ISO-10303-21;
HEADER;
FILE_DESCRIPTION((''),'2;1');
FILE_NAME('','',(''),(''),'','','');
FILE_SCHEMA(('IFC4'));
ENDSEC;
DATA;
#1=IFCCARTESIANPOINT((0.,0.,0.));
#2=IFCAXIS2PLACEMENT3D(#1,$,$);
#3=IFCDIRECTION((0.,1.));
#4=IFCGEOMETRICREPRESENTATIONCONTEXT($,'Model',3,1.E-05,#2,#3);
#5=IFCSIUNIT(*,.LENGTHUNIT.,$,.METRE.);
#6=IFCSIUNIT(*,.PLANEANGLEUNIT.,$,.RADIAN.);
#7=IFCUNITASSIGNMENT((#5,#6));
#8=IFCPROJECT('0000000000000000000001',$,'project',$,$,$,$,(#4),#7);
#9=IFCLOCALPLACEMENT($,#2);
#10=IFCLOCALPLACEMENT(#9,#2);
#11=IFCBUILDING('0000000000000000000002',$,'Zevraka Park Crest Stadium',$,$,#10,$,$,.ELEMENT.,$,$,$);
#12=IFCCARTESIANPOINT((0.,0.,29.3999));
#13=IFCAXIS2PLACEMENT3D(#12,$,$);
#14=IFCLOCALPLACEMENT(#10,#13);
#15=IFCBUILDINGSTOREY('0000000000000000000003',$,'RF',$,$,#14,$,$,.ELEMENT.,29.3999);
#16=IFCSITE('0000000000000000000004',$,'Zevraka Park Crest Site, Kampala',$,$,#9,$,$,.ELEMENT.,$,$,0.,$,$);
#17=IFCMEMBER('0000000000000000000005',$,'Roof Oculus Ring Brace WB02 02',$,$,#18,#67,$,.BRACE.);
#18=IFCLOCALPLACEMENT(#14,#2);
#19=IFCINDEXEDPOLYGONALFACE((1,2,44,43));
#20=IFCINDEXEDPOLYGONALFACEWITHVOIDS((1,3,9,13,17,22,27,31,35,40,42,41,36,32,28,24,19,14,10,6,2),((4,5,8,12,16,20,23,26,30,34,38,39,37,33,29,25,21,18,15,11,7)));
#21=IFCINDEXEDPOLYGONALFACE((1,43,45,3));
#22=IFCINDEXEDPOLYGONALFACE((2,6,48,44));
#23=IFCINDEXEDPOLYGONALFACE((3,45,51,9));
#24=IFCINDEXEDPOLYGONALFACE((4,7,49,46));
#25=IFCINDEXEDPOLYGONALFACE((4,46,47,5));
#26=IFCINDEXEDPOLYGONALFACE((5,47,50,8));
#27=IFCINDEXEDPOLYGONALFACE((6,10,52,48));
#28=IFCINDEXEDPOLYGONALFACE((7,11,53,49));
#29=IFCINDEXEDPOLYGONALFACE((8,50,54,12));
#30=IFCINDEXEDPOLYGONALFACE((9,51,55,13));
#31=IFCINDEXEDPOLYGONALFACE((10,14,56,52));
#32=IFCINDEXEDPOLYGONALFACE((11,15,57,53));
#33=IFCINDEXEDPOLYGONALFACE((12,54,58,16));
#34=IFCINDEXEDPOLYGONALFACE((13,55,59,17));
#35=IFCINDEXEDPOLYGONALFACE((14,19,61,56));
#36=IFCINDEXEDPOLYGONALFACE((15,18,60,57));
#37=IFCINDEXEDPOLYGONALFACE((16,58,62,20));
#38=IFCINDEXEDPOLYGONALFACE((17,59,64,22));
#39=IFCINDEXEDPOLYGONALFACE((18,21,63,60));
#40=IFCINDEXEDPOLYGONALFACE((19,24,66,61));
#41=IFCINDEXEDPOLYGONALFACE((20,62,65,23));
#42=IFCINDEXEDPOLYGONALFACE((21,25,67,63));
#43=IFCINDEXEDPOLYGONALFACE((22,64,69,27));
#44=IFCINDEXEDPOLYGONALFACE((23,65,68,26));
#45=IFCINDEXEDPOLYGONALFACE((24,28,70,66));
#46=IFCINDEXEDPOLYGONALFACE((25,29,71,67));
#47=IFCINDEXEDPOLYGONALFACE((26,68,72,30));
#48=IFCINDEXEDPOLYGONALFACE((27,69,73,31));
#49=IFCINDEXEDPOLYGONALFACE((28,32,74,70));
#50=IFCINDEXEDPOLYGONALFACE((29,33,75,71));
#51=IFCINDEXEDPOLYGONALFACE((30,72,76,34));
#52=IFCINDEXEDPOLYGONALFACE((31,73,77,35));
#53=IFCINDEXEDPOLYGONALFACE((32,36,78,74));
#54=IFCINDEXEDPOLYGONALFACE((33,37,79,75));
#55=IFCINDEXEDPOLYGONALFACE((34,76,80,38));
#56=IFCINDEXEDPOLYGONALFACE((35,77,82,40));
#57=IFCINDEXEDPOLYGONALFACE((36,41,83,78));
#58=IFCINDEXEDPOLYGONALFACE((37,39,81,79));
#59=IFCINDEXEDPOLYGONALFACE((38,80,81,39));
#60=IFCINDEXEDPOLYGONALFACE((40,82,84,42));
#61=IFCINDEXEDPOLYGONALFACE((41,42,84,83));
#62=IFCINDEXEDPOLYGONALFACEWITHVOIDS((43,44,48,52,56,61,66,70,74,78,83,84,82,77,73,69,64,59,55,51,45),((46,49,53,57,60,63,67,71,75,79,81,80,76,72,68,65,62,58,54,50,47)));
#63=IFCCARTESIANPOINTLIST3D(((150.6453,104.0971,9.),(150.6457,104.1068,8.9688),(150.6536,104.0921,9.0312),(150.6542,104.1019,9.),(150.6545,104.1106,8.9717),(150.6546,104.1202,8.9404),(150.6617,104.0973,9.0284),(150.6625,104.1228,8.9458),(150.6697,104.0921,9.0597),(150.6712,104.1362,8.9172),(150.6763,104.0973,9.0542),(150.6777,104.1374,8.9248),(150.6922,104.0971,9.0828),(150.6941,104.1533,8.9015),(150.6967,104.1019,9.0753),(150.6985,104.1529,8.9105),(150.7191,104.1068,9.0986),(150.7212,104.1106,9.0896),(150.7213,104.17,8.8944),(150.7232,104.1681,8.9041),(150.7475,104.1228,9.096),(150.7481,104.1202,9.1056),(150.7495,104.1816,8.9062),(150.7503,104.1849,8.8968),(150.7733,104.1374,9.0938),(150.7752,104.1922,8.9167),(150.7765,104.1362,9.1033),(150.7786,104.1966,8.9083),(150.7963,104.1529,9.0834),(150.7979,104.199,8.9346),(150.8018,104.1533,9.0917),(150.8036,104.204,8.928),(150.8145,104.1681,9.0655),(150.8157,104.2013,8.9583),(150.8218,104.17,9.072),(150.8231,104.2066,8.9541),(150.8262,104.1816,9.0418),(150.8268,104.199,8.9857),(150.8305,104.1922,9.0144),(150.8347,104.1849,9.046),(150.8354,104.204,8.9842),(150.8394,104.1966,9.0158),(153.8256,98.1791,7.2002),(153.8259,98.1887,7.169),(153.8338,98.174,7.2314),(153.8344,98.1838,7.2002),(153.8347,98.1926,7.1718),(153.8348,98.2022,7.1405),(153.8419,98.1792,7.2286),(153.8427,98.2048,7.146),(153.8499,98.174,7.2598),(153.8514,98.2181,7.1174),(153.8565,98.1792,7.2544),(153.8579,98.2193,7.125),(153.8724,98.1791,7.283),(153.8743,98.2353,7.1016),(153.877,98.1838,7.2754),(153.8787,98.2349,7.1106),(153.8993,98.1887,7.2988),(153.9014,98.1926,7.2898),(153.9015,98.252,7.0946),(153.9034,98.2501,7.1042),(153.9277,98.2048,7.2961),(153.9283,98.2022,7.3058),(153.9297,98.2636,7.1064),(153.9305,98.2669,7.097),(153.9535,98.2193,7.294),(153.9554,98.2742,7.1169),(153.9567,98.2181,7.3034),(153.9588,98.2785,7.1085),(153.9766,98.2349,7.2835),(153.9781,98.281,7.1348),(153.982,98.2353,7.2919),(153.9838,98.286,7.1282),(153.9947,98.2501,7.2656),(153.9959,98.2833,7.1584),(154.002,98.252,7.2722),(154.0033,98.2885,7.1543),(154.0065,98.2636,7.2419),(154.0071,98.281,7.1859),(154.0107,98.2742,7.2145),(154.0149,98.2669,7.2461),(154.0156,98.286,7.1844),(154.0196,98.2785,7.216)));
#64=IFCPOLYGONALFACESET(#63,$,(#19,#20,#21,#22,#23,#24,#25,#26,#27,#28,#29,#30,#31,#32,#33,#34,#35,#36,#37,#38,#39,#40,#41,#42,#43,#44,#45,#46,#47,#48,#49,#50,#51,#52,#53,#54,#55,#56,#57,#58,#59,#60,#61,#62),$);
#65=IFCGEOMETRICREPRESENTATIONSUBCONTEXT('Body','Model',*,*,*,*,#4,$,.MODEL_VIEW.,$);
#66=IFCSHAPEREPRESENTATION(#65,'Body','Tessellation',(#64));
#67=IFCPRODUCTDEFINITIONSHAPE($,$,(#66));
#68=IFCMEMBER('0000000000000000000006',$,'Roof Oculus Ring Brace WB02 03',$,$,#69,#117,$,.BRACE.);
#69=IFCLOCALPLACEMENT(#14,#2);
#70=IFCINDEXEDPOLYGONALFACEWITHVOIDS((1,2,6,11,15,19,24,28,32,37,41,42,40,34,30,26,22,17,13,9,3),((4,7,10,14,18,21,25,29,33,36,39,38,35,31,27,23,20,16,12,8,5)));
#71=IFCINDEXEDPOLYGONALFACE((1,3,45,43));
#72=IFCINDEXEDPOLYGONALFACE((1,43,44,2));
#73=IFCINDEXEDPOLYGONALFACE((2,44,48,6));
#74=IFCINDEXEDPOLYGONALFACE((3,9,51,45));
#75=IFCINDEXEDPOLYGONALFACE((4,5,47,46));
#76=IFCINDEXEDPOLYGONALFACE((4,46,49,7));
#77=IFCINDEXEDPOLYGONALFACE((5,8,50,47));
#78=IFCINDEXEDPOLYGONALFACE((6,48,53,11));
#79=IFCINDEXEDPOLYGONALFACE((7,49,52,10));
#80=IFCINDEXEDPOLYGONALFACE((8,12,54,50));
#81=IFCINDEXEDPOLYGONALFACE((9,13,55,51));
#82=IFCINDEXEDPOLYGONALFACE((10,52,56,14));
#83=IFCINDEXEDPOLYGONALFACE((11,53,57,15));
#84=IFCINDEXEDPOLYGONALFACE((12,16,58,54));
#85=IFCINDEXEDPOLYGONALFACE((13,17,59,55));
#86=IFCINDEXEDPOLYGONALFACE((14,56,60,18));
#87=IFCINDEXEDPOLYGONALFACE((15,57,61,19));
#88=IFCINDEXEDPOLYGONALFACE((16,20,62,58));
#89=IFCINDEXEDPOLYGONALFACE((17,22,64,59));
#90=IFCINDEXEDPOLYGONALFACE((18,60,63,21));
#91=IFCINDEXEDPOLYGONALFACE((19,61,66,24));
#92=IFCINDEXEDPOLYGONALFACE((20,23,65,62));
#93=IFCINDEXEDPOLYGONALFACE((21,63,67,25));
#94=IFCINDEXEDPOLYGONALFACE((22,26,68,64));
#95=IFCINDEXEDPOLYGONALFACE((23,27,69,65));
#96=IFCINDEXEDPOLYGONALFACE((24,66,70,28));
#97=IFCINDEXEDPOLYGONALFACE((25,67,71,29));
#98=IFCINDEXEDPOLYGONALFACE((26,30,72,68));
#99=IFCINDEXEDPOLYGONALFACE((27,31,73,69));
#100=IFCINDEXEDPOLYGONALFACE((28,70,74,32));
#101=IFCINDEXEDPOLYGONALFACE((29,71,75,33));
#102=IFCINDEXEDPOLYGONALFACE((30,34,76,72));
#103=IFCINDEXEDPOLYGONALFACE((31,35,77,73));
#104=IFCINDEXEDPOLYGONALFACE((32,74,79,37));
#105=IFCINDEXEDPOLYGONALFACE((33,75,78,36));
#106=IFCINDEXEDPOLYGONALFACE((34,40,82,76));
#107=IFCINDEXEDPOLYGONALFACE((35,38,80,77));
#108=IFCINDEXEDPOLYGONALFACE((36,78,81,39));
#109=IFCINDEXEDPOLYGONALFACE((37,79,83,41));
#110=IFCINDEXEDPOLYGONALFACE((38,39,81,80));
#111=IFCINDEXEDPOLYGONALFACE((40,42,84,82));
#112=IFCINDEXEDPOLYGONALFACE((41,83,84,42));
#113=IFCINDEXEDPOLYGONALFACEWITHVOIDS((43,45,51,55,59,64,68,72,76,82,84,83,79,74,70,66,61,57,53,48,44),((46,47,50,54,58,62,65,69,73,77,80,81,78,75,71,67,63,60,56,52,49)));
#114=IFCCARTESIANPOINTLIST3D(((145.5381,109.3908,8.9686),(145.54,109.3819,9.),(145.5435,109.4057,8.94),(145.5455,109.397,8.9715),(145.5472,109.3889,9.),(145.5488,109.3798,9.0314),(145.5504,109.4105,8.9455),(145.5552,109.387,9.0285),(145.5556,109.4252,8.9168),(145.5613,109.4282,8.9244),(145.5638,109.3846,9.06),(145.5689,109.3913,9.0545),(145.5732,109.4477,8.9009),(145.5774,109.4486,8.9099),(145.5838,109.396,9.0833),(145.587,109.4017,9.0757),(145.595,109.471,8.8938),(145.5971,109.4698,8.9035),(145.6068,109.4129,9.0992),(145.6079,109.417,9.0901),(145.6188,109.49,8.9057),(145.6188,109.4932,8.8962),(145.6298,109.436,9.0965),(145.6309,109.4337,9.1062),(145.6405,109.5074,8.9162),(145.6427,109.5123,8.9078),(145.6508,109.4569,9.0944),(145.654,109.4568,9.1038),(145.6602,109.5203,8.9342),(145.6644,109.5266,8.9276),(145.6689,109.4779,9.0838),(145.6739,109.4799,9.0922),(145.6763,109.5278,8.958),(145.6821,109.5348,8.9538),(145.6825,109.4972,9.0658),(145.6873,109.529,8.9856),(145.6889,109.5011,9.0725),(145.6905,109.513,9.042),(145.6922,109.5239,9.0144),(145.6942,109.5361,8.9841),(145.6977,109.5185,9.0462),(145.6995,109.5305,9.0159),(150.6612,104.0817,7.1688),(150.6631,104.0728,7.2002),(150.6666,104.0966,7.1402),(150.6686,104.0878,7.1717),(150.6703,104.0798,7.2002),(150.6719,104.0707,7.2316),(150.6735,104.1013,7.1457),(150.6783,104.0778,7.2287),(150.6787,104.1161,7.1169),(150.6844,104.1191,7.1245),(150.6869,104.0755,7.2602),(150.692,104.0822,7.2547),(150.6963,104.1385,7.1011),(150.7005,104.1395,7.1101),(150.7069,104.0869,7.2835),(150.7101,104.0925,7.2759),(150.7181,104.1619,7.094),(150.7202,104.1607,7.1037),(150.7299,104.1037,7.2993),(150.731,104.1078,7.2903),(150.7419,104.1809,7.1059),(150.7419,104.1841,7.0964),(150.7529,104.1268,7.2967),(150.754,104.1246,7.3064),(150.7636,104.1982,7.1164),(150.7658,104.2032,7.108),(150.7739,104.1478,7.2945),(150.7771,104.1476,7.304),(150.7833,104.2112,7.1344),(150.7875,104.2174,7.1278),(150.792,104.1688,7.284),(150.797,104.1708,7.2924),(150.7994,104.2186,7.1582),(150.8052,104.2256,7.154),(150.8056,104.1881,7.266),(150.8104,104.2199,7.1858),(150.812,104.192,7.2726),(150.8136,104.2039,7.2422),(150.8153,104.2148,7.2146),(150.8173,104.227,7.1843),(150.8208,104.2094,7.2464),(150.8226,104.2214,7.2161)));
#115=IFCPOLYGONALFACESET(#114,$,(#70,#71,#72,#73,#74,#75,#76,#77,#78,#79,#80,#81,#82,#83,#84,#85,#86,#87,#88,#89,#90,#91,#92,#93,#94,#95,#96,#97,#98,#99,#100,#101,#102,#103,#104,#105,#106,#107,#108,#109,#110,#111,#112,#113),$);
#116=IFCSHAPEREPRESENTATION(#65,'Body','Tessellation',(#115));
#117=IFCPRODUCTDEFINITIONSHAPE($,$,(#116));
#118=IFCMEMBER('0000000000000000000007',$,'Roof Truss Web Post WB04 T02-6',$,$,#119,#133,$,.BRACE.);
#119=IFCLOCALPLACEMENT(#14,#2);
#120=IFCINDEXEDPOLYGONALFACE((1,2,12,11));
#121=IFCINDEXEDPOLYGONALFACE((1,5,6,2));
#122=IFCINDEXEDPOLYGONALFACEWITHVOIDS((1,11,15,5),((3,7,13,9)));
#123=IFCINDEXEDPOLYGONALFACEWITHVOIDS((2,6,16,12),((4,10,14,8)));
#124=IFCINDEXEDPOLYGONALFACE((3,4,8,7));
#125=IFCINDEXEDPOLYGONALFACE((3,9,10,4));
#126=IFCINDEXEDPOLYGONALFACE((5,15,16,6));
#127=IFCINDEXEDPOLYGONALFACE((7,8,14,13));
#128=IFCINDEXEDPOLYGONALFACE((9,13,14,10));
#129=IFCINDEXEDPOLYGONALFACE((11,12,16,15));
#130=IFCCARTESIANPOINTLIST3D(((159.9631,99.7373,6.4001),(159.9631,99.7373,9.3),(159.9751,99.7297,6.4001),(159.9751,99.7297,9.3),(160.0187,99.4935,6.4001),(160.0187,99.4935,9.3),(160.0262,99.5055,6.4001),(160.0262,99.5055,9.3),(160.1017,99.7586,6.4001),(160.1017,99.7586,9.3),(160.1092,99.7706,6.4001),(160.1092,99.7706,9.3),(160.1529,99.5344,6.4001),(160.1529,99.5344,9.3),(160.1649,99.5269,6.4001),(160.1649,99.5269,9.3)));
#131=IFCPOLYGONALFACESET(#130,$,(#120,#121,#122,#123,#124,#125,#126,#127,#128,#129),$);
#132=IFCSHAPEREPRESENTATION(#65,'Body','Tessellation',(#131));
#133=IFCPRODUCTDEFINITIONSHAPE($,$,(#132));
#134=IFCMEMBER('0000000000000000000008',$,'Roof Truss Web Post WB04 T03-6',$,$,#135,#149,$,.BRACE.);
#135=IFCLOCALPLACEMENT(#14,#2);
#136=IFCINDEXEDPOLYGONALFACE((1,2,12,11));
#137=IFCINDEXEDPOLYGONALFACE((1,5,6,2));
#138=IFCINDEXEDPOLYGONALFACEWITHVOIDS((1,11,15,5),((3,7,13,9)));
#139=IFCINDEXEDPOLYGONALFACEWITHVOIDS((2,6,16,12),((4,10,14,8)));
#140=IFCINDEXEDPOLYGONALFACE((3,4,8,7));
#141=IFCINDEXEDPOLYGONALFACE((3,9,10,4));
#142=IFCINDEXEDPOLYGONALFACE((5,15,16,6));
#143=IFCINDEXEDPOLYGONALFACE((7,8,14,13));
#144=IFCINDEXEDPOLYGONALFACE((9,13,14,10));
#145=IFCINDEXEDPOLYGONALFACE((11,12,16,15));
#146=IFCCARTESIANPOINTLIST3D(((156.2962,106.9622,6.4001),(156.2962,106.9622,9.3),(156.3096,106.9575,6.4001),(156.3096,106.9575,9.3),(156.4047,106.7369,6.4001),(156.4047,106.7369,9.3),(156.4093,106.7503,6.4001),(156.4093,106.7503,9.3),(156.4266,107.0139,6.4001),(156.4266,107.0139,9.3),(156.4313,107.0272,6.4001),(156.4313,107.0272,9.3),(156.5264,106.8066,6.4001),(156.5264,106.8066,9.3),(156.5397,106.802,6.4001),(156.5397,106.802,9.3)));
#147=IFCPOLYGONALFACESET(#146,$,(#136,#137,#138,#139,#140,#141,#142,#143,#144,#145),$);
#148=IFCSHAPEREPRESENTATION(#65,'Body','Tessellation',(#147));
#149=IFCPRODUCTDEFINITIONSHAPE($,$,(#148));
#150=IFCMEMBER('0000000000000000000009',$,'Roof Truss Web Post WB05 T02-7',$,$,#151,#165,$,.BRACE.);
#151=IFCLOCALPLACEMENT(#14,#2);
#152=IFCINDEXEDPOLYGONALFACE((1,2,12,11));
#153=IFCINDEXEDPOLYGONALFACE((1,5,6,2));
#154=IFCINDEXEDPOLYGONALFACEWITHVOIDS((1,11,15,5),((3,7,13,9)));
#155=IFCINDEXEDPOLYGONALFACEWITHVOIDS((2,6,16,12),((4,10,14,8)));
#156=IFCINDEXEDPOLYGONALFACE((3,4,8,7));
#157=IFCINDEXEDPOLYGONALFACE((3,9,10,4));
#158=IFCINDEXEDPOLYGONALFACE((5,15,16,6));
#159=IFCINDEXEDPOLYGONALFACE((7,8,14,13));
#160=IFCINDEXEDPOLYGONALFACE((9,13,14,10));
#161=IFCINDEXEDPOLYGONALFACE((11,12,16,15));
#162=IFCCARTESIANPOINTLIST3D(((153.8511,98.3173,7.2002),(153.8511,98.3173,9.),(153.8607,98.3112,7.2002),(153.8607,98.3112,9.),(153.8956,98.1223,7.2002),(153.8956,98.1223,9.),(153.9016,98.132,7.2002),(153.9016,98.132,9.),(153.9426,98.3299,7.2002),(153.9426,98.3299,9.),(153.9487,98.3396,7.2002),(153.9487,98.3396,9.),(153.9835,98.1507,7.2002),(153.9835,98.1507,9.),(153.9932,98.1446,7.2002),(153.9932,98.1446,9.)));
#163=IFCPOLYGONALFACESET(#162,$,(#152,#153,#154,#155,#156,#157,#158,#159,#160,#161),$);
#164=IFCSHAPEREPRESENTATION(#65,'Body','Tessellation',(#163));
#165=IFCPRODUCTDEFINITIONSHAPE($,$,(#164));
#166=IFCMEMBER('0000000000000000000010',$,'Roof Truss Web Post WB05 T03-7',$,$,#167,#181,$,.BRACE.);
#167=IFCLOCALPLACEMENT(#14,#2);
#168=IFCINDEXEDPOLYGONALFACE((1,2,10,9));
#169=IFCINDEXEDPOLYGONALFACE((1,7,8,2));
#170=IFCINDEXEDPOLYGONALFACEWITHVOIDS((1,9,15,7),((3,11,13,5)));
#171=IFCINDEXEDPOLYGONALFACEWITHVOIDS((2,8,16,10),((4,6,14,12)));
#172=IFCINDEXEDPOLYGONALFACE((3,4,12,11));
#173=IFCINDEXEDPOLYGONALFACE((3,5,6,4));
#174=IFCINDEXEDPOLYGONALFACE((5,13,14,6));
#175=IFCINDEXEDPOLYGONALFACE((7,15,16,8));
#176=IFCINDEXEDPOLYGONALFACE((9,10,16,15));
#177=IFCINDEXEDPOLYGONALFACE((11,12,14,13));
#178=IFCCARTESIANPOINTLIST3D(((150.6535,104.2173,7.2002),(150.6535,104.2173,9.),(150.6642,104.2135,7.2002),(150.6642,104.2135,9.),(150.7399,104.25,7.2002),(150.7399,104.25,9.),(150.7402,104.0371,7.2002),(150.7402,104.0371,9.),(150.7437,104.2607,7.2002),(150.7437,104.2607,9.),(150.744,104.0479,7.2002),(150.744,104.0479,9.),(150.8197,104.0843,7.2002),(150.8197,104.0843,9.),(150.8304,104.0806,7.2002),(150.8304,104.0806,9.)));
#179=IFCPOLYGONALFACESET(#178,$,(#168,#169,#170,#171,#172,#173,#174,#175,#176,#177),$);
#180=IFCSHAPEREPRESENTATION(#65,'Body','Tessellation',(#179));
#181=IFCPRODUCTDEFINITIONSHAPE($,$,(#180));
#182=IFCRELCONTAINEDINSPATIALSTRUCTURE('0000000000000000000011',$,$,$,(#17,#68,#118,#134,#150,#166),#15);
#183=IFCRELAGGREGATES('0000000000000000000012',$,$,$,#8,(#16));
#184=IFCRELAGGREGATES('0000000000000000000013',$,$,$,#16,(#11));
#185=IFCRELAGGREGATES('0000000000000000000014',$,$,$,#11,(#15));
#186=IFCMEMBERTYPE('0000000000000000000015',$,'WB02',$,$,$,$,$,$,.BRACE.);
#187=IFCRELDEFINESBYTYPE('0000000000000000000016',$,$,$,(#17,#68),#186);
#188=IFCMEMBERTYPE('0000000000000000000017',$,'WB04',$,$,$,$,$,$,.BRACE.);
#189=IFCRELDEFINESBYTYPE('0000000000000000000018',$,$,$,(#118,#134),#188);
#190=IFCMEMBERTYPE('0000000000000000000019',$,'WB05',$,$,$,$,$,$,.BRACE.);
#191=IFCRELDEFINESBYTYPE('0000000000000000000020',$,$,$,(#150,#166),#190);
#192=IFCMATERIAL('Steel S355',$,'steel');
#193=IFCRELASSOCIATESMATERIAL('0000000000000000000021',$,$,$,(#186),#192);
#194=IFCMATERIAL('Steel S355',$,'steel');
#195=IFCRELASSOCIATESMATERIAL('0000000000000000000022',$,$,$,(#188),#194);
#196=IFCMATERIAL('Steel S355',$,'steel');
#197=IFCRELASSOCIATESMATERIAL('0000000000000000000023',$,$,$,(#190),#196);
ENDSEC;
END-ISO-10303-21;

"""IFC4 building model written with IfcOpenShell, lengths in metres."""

from ifc_helpers import new_model, si_unit, direction, frame, origin, origin_2d, place, context, subcontext, project, spatial, hollow_rectangle, hollow_circle, extrude, material, material_profile, profile_set, type_object, element, save


model = new_model("IFC4")

# Units and contexts
model_context = context("Model", 3, precision=1e-05, world=origin(), true_north=direction((0.0, 1.0)))
body_context = subcontext(model_context, "Body", "Model", "MODEL_VIEW")
ifc_project = project(units=[si_unit("LENGTHUNIT", "METRE"), si_unit("PLANEANGLEUNIT", "RADIAN")], contexts=[model_context])

# Site, building, storey
site_placement = place(None, origin())
site = spatial("IfcSite", under=ifc_project, at=site_placement, Name="Zevraka Park Crest Site, Kampala", CompositionType="ELEMENT", RefElevation=0.0)
building_placement = place(site_placement, origin())
building = spatial("IfcBuilding", under=site, at=building_placement, Name="Zevraka Park Crest Stadium", CompositionType="ELEMENT")
storey_placement = place(building_placement, frame((0.0, 0.0, 29.3999)))
storey = spatial("IfcBuildingStorey", under=building, at=storey_placement, Name="RF", CompositionType="ELEMENT", Elevation=29.3999)

# Members
ifc_material_1 = material(Name="Steel S355", Category="steel")
ifc_material_profile_1 = material_profile(ifc_material_1, hollow_circle(Radius=0.1096, WallThickness=0.01, at=origin_2d()), Name="CHS 219.1x10")
ifc_profile_set_1 = profile_set([ifc_material_profile_1], Name="Steel S355")
member_type_1 = type_object("IfcMemberType", Name="WB02", PredefinedType="BRACE", material=ifc_profile_set_1)
member_1_placement = place(storey_placement, frame((153.9221, 98.231, 7.2002), z_axis=(-0.457235, 0.850866, 0.25877), x_axis=(-0.88087, -0.473359, 0.0)))
element("IfcMember", 1, at=member_1_placement, inside=storey, type_object=member_type_1, Name="Roof Oculus Ring Brace WB02 02", PredefinedType="BRACE", context=body_context, shape_type="SweptSolid", body=[
    extrude(hollow_circle(Radius=0.1096, WallThickness=0.01, at=origin_2d()), origin(), (0.0, 0.0, 1.0), 6.9553),
])
member_2_placement = place(storey_placement, frame((150.7419, 104.1489, 7.2002), z_axis=(-0.674604, 0.699101, 0.236999), x_axis=(-0.719602, -0.694387, 0.0)))
element("IfcMember", 2, at=member_2_placement, inside=storey, type_object=member_type_1, Name="Roof Oculus Ring Brace WB02 03", PredefinedType="BRACE", context=body_context, shape_type="SweptSolid", body=[
    extrude(hollow_circle(Radius=0.1096, WallThickness=0.01, at=origin_2d()), origin(), (0.0, 0.0, 1.0), 7.5942),
])
ifc_material_2 = material(Name="Steel S355", Category="steel")
ifc_material_profile_2 = material_profile(ifc_material_2, hollow_rectangle(XDim=0.1499, YDim=0.25, WallThickness=0.01, at=origin_2d()), Name="RHS 250x150x10")
ifc_profile_set_2 = profile_set([ifc_material_profile_2], Name="Steel S355")
member_type_2 = type_object("IfcMemberType", Name="WB04", PredefinedType="BRACE", material=ifc_profile_set_2)
for number, where, z_axis, x_axis, name in (
    (3, (160.064, 99.6321, 6.4001), (0.0, 0.0, 1.0), (0.974917, 0.22257, 0.0), "Roof Truss Web Post WB04 T02-6"),
    (4, (156.418, 106.8821, 6.4001), (0.0, 0.0, 1.0), (0.901001, 0.433816, 0.0), "Roof Truss Web Post WB04 T03-6"),
):
    element("IfcMember", number, at=place(storey_placement, frame(where, z_axis=z_axis, x_axis=x_axis)), inside=storey, type_object=member_type_2, Name=name, PredefinedType="BRACE", context=body_context, shape_type="SweptSolid", body=[
        extrude(hollow_rectangle(XDim=0.1499, YDim=0.25, WallThickness=0.01, at=origin_2d()), origin(), (0.0, 0.0, 1.0), 2.8999),
    ])
ifc_material_3 = material(Name="Steel S355", Category="steel")
ifc_material_profile_3 = material_profile(ifc_material_3, hollow_rectangle(XDim=0.1001, YDim=0.2, WallThickness=0.0081, at=origin_2d()), Name="RHS 200x100x8")
ifc_profile_set_3 = profile_set([ifc_material_profile_3], Name="Steel S355")
member_type_3 = type_object("IfcMemberType", Name="WB05", PredefinedType="BRACE", material=ifc_profile_set_3)
for number, where, z_axis, x_axis, name in (
    (5, (153.9221, 98.231, 7.2002), (0.0, 0.0, 1.0), (0.974917, 0.22257, 0.0), "Roof Truss Web Post WB05 T02-7"),
    (6, (150.7419, 104.1489, 7.2002), (0.0, 0.0, 1.0), (0.901001, 0.433816, 0.0), "Roof Truss Web Post WB05 T03-7"),
):
    element("IfcMember", number, at=place(storey_placement, frame(where, z_axis=z_axis, x_axis=x_axis)), inside=storey, type_object=member_type_3, Name=name, PredefinedType="BRACE", context=body_context, shape_type="SweptSolid", body=[
        extrude(hollow_rectangle(XDim=0.1001, YDim=0.2, WallThickness=0.0081, at=origin_2d()), origin(), (0.0, 0.0, 1.0), 1.7998),
    ])

save(model, "model.ifc")
